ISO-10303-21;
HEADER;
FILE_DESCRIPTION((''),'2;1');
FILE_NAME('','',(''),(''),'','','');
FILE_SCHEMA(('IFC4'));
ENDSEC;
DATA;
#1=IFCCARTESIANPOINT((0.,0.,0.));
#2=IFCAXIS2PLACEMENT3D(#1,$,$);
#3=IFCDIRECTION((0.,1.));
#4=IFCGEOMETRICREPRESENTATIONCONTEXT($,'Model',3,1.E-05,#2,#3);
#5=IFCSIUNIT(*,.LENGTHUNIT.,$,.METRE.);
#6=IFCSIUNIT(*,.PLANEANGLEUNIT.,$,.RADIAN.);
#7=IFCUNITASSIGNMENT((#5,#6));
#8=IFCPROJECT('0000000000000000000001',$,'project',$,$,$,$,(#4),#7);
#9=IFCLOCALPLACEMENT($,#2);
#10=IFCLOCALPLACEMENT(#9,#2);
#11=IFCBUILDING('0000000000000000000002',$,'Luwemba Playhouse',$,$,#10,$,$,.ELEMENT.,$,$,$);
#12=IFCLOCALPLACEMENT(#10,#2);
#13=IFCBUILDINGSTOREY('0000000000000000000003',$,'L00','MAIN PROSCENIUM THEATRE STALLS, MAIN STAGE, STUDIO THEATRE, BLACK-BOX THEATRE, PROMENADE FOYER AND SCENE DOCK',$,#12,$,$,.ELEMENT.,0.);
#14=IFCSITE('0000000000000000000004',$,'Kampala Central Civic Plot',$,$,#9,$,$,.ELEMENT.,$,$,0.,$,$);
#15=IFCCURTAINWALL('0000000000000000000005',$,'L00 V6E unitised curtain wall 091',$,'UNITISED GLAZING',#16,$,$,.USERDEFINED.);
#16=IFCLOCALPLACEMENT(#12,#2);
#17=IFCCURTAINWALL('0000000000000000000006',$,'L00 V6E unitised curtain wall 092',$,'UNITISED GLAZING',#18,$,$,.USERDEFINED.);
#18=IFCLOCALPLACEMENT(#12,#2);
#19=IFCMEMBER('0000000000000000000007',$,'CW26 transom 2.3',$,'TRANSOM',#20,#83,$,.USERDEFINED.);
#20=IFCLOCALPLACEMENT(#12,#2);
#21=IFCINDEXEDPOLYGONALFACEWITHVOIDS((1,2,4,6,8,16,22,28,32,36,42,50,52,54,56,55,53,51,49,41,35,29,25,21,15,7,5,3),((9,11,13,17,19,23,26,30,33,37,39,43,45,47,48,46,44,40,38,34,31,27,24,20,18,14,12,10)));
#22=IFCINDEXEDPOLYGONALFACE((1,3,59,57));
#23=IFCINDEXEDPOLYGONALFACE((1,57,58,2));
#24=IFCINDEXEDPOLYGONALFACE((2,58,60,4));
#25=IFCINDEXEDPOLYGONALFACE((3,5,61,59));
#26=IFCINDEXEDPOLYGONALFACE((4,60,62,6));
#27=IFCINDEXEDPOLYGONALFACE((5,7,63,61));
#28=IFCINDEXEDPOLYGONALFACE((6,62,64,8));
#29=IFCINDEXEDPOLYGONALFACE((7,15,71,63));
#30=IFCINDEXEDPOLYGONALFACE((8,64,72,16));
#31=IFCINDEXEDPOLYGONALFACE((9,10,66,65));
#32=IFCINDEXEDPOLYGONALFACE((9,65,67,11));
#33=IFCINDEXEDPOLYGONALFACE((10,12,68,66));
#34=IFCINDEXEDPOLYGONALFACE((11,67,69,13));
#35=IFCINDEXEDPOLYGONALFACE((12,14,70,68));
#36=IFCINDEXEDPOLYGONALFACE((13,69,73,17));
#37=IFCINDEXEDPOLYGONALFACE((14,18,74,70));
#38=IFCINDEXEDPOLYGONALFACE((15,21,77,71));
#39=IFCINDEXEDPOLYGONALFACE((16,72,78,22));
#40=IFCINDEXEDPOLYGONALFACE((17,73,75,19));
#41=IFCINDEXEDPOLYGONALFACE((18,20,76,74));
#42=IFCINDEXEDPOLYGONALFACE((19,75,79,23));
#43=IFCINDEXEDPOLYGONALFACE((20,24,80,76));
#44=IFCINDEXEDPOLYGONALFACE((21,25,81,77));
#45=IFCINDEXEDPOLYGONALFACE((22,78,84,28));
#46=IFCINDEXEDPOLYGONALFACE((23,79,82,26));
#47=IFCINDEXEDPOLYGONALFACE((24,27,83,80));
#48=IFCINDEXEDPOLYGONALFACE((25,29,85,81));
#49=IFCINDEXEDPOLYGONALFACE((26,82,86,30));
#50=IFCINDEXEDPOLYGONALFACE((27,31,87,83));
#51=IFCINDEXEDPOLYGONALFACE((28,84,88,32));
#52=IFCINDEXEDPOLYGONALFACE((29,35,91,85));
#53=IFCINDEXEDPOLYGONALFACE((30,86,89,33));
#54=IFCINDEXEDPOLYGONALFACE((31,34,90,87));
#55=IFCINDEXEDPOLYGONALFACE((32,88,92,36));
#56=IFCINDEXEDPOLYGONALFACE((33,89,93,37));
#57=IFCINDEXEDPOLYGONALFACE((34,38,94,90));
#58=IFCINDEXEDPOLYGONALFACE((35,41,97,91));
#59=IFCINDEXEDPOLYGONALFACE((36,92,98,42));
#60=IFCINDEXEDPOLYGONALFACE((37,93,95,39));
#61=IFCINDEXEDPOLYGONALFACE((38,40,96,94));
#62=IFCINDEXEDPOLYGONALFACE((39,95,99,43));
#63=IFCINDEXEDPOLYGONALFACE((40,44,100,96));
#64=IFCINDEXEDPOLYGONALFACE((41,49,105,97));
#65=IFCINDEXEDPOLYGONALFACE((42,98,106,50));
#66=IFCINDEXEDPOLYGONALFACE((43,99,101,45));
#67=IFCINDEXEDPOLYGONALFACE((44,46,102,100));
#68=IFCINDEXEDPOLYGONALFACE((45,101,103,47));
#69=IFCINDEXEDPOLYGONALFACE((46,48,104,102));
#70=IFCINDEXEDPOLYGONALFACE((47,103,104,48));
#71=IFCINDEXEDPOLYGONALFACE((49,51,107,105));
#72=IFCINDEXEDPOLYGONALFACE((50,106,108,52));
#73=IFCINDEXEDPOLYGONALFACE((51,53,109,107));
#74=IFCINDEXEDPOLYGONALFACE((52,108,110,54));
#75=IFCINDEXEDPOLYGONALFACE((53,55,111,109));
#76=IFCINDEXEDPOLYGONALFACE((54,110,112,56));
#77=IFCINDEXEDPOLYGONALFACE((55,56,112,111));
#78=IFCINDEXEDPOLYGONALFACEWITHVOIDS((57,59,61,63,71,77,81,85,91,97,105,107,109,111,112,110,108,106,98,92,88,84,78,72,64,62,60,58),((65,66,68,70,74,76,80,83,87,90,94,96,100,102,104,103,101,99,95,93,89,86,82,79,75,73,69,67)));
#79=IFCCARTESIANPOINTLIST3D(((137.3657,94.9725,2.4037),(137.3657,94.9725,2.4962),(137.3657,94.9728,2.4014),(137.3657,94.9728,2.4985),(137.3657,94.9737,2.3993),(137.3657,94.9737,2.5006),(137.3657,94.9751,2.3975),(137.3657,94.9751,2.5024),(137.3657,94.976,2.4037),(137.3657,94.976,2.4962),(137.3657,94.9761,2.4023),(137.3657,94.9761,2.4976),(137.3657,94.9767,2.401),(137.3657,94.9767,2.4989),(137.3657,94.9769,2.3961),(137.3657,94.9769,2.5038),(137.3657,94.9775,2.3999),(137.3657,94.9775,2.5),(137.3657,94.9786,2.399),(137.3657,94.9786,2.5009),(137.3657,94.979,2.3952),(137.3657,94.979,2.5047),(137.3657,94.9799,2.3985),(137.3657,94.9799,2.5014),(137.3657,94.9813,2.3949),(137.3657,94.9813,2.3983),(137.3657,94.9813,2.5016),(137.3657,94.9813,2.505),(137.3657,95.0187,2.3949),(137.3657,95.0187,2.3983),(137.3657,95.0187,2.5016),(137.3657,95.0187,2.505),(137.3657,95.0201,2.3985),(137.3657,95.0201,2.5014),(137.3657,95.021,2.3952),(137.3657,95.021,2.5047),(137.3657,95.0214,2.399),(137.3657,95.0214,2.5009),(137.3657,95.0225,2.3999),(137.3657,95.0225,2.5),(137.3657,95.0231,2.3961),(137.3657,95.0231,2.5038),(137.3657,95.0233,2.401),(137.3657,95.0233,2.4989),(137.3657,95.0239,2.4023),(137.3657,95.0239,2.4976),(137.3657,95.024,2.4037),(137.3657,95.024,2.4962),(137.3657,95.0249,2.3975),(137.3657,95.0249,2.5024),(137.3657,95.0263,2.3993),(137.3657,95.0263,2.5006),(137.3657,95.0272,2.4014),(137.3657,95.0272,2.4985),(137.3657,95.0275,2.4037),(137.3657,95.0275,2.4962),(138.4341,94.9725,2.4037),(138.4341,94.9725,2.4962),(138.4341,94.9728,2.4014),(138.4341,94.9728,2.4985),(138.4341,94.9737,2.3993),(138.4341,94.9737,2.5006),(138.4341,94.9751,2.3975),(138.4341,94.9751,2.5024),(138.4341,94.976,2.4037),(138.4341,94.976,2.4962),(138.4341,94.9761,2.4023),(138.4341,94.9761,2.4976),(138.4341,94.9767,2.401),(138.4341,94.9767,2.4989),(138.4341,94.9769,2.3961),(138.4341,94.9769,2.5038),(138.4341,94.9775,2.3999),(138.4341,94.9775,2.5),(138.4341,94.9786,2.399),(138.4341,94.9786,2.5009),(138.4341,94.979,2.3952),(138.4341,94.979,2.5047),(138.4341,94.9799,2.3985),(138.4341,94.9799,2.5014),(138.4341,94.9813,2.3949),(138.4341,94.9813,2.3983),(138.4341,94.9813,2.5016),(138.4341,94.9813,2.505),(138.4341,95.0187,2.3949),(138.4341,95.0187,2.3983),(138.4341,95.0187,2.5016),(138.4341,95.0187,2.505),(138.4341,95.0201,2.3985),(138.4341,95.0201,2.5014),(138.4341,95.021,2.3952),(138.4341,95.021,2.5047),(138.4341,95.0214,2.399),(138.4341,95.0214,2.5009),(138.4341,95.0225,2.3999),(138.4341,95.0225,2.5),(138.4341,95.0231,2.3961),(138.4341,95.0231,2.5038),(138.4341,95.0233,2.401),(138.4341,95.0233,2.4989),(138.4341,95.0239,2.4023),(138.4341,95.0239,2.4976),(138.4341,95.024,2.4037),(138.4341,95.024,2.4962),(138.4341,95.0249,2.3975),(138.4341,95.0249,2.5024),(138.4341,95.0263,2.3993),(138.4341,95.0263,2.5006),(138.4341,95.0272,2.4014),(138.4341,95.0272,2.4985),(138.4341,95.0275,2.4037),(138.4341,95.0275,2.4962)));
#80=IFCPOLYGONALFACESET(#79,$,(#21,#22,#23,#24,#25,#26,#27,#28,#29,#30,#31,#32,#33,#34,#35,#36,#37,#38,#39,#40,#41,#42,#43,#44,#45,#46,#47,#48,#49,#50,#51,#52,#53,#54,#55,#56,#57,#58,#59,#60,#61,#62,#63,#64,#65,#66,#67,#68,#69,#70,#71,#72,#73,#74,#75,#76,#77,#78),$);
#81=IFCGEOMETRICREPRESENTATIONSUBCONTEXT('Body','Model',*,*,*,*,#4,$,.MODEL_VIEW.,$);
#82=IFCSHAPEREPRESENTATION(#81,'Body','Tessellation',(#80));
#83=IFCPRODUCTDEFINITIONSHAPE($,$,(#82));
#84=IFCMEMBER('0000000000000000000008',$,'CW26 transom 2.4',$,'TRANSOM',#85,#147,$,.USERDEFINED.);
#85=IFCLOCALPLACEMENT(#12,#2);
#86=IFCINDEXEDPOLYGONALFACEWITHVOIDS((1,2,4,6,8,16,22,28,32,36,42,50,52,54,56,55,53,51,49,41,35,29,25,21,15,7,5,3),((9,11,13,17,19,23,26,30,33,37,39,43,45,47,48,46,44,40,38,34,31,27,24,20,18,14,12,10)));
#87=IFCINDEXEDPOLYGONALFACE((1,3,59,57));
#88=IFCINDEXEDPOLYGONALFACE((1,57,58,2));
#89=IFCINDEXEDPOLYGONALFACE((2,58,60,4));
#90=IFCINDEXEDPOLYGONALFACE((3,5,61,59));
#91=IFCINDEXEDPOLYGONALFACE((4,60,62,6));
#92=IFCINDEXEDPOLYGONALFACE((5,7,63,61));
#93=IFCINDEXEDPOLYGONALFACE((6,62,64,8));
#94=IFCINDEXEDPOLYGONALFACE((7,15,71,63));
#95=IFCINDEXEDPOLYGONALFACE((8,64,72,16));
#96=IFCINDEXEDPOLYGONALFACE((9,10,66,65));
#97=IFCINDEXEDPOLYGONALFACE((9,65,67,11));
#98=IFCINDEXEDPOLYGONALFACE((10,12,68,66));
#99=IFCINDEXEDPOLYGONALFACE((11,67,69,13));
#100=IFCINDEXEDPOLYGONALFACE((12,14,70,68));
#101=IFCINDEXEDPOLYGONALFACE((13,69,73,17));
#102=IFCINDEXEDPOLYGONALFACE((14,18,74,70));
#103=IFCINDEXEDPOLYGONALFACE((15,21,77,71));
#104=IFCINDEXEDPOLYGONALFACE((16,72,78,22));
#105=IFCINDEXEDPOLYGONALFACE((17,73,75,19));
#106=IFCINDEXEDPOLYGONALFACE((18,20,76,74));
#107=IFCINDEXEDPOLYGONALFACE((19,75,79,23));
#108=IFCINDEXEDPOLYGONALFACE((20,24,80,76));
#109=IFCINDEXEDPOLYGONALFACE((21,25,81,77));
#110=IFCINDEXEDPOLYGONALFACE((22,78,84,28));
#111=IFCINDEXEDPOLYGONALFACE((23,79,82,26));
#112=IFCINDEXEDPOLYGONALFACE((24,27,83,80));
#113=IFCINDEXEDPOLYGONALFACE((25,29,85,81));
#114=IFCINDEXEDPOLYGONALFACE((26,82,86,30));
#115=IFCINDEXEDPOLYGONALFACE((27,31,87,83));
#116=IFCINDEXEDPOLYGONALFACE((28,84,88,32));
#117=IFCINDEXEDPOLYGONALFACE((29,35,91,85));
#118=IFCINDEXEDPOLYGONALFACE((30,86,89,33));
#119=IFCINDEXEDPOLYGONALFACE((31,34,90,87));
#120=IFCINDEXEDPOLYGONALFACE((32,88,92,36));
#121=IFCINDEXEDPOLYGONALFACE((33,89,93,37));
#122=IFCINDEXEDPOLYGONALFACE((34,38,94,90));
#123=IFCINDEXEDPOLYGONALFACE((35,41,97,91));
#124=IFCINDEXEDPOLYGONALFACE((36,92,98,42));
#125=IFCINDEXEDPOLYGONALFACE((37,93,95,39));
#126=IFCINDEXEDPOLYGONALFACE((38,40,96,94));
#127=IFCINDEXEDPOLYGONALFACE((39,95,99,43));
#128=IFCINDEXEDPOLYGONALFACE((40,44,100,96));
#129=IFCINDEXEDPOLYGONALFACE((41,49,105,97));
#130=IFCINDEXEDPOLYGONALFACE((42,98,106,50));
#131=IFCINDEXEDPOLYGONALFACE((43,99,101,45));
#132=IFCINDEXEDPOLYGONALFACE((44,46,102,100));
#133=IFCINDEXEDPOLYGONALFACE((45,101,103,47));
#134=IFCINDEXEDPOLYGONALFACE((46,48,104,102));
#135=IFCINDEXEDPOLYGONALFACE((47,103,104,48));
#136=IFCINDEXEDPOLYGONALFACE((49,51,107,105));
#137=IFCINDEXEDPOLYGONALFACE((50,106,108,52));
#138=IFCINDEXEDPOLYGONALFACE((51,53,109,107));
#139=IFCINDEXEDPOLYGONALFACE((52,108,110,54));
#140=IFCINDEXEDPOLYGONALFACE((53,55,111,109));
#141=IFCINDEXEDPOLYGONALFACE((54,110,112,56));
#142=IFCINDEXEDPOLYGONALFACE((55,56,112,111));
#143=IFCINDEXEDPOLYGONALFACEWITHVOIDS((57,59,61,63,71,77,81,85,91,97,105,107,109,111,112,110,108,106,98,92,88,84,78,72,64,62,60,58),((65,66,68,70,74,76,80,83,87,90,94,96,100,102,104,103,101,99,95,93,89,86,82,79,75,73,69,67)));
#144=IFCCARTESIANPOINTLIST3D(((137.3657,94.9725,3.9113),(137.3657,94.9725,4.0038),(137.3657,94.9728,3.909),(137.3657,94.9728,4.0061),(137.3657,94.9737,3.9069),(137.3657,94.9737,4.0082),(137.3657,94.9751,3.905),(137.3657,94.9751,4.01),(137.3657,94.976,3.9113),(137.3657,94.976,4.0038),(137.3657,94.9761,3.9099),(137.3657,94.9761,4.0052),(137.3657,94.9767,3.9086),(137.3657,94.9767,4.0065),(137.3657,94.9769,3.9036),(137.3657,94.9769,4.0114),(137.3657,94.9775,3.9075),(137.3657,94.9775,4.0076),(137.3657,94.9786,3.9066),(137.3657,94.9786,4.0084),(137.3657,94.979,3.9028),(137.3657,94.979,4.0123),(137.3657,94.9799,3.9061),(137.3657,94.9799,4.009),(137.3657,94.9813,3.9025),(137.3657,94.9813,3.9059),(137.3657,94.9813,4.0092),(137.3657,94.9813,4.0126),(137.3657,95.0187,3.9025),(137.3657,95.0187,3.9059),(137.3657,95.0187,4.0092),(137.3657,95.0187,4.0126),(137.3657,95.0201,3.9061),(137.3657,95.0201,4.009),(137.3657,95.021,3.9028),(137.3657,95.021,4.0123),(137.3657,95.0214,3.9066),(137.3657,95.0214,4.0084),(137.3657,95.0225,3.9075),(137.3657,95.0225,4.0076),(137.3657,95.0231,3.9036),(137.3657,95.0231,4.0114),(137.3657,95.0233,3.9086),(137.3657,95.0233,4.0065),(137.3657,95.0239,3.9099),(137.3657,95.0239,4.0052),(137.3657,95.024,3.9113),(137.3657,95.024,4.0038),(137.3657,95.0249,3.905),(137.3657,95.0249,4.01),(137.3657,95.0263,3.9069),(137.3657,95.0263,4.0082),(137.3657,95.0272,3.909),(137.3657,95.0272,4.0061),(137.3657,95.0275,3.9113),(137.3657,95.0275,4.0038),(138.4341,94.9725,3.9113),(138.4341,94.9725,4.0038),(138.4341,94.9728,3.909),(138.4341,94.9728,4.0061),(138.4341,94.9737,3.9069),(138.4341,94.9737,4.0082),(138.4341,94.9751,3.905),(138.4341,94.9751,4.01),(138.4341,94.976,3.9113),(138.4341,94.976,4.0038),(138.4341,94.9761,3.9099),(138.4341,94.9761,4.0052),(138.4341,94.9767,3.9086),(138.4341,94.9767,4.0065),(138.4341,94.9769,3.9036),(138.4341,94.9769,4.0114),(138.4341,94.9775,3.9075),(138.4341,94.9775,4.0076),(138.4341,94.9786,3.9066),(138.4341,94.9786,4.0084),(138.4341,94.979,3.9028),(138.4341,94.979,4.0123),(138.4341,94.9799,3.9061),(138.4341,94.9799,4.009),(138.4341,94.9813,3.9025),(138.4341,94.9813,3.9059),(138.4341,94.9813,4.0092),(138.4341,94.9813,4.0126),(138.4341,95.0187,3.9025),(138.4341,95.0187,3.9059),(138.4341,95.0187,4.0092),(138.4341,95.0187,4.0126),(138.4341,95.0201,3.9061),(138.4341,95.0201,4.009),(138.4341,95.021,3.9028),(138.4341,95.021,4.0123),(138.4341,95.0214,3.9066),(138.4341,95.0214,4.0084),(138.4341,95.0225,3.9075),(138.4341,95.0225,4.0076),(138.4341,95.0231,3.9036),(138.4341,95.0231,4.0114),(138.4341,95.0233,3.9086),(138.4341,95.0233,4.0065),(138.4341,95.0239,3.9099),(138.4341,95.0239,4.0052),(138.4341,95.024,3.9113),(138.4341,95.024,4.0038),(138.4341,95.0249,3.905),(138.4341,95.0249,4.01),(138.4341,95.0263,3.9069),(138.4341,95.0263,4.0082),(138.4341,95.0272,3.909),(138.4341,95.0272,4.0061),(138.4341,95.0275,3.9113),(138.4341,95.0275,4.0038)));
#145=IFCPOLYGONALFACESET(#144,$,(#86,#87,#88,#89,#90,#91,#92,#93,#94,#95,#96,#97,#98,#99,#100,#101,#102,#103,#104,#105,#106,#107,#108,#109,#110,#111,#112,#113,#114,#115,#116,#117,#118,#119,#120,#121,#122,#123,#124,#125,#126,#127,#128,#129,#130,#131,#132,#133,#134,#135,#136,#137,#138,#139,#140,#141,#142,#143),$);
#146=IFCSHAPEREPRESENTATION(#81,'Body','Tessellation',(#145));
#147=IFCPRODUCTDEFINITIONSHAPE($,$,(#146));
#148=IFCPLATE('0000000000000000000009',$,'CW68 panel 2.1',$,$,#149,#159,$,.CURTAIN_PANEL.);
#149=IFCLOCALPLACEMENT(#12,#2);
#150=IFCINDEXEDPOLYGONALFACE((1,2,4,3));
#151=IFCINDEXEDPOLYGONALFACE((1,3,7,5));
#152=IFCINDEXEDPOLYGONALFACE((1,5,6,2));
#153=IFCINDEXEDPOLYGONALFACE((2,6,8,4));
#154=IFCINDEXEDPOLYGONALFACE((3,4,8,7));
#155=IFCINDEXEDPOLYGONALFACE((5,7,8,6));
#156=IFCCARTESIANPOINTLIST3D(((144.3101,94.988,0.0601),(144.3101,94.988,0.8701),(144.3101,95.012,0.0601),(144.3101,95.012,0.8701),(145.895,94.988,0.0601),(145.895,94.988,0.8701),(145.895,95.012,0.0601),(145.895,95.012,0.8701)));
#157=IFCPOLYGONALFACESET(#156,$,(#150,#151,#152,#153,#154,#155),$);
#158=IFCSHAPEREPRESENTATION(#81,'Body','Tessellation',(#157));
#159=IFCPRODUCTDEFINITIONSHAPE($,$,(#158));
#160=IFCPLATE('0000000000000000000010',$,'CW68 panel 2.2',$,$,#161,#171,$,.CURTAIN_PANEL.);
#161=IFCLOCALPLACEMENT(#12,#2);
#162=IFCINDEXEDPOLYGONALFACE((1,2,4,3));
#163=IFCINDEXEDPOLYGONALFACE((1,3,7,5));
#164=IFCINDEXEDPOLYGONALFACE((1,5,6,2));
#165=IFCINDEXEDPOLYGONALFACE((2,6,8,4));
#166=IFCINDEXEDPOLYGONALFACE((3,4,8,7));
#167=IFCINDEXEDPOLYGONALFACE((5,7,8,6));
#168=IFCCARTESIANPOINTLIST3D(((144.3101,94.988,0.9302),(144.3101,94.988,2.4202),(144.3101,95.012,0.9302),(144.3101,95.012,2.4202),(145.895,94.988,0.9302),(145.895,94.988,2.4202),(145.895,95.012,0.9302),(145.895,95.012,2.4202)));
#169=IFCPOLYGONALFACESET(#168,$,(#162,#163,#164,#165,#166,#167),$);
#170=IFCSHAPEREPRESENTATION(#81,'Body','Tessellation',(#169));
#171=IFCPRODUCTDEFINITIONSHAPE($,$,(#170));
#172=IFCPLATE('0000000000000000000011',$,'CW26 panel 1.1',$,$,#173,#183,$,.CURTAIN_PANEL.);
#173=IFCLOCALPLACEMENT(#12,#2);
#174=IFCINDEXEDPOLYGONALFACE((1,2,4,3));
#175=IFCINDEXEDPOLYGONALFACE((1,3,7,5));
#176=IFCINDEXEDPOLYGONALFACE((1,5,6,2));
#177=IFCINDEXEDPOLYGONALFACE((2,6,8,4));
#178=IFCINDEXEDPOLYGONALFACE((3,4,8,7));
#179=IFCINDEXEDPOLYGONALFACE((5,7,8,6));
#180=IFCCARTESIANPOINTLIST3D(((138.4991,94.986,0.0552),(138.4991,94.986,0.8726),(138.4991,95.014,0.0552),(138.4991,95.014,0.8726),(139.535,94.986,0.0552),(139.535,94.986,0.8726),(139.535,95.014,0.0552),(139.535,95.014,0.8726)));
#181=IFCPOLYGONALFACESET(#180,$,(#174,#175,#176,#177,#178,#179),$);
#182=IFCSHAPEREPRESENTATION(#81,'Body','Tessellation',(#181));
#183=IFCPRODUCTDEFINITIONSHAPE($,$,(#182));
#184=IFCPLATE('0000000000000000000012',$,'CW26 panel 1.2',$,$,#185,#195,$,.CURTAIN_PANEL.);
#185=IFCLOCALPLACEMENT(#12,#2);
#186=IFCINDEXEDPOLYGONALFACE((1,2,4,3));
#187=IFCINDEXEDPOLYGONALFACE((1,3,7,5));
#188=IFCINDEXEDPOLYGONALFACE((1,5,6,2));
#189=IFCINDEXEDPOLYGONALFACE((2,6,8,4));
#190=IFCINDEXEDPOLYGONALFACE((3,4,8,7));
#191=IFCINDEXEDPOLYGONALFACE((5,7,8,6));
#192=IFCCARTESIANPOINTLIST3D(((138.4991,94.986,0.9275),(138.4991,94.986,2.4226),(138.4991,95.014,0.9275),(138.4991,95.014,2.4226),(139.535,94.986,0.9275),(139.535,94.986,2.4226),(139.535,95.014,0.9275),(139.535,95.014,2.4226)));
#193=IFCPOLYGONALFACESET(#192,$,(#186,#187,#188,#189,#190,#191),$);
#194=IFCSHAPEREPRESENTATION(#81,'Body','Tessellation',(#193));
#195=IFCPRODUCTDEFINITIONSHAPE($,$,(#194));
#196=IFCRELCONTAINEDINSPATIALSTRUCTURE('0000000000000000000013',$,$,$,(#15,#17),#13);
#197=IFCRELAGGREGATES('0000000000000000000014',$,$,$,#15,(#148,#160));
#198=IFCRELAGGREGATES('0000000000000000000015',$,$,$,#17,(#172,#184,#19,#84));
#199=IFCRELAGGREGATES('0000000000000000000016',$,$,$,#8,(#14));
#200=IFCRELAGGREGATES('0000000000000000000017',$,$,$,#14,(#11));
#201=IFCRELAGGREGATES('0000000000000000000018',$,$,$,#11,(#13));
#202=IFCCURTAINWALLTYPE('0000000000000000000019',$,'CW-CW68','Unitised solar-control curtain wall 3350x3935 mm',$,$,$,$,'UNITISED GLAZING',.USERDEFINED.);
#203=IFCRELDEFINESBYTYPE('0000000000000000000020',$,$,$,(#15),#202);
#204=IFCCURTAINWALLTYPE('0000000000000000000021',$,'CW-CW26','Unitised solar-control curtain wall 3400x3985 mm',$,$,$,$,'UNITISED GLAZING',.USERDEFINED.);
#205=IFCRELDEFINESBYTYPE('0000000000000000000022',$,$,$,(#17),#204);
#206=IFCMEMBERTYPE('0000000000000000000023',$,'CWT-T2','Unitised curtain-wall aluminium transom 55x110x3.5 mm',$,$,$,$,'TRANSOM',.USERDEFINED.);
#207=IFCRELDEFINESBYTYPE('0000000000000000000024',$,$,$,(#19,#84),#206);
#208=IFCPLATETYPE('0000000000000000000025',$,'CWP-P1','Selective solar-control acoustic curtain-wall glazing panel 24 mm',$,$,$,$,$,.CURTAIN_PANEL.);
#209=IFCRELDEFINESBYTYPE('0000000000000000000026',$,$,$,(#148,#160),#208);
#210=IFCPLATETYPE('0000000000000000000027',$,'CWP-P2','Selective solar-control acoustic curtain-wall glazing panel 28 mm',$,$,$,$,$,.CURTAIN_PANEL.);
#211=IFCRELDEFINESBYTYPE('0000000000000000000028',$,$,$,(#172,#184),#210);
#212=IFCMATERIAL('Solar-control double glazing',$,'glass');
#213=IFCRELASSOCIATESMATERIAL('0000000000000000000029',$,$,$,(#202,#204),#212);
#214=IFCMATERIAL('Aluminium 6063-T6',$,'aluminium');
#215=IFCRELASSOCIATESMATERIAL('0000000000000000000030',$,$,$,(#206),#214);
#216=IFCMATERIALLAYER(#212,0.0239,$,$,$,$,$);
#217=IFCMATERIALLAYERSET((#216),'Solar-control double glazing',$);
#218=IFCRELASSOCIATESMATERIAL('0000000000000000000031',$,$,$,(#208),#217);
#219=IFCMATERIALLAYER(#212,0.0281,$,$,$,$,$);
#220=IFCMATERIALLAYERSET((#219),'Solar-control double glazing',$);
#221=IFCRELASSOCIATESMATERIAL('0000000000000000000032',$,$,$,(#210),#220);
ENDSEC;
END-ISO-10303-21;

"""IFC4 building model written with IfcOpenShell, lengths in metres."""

from ifc_helpers import new_model, si_unit, direction, frame, origin, origin_2d, place, context, subcontext, project, spatial, rectangle, hollow_rectangle, extrude, material, layer, layer_set, material_profile, profile_set, type_object, element, aggregate, save


model = new_model("IFC4")

# Units and contexts
model_context = context("Model", 3, precision=1e-05, world=origin(), true_north=direction((0.0, 1.0)))
body_context = subcontext(model_context, "Body", "Model", "MODEL_VIEW")
ifc_project = project(units=[si_unit("LENGTHUNIT", "METRE"), si_unit("PLANEANGLEUNIT", "RADIAN")], contexts=[model_context])

# Site, building, storey
site_placement = place(None, origin())
site = spatial("IfcSite", under=ifc_project, at=site_placement, Name="Kampala Central Civic Plot", CompositionType="ELEMENT", RefElevation=0.0)
building_placement = place(site_placement, origin())
building = spatial("IfcBuilding", under=site, at=building_placement, Name="Luwemba Playhouse", CompositionType="ELEMENT")
storey_placement = place(building_placement, origin())
storey = spatial("IfcBuildingStorey", under=building, at=storey_placement, Name="L00", Description="MAIN PROSCENIUM THEATRE STALLS, MAIN STAGE, STUDIO THEATRE, BLACK-BOX THEATRE, PROMENADE FOYER AND SCENE DOCK", CompositionType="ELEMENT", Elevation=0.0)

# Curtain wall
ifc_material_1 = material(Name="Solar-control double glazing", Category="glass")
curtain_wall_type_1 = type_object("IfcCurtainWallType", Name="CW-CW68", Description="Unitised solar-control curtain wall 3350x3935 mm", ElementType="UNITISED GLAZING", PredefinedType="USERDEFINED", material=ifc_material_1)
curtain_wall_1_placement = place(storey_placement, origin())
curtain_wall_1 = element("IfcCurtainWall", 1, at=curtain_wall_1_placement, inside=storey, type_object=curtain_wall_type_1, Name="L00 V6E unitised curtain wall 091", ObjectType="UNITISED GLAZING", PredefinedType="USERDEFINED")
ifc_material_2 = material(Name="Aluminium 6063-T6", Category="aluminium")

# Curtain wall, members
curtain_wall_type_2 = type_object("IfcCurtainWallType", Name="CW-CW26", Description="Unitised solar-control curtain wall 3400x3985 mm", ElementType="UNITISED GLAZING", PredefinedType="USERDEFINED", material=ifc_material_1)
curtain_wall_2_placement = place(storey_placement, origin())
curtain_wall_2 = element("IfcCurtainWall", 2, at=curtain_wall_2_placement, inside=storey, type_object=curtain_wall_type_2, Name="L00 V6E unitised curtain wall 092", ObjectType="UNITISED GLAZING", PredefinedType="USERDEFINED")
ifc_material_profile_1 = material_profile(ifc_material_2, hollow_rectangle(XDim=0.0549, YDim=0.1101, WallThickness=0.0034, InnerFilletRadius=0.0054, OuterFilletRadius=0.0088, at=origin_2d()))
ifc_profile_set_1 = profile_set([ifc_material_profile_1], Name="Aluminium 6063-T6")
member_type_1 = type_object("IfcMemberType", Name="CWT-T2", Description="Unitised curtain-wall aluminium transom 55x110x3.5 mm", ElementType="TRANSOM", PredefinedType="USERDEFINED", material=ifc_profile_set_1)
member_1_placement = place(storey_placement, frame((138.4341, 95.0, 2.45), z_axis=(-1.0, 0.0, 0.0), x_axis=(0.0, -1.0, 0.0)))
member_1 = element("IfcMember", 3, at=member_1_placement, type_object=member_type_1, Name="CW26 transom 2.3", ObjectType="TRANSOM", PredefinedType="USERDEFINED", context=body_context, shape_type="SweptSolid", body=[
    extrude(hollow_rectangle(XDim=0.0549, YDim=0.1101, WallThickness=0.0034, InnerFilletRadius=0.0054, OuterFilletRadius=0.0088, at=origin_2d()), origin(), (0.0, 0.0, 1.0), 1.0684),
])
member_2_placement = place(storey_placement, frame((138.4341, 95.0, 3.9575), z_axis=(-1.0, 0.0, 0.0), x_axis=(0.0, -1.0, 0.0)))
member_2 = element("IfcMember", 4, at=member_2_placement, type_object=member_type_1, Name="CW26 transom 2.4", ObjectType="TRANSOM", PredefinedType="USERDEFINED", context=body_context, shape_type="SweptSolid", body=[
    extrude(hollow_rectangle(XDim=0.0549, YDim=0.1101, WallThickness=0.0034, InnerFilletRadius=0.0054, OuterFilletRadius=0.0088, at=origin_2d()), origin(), (0.0, 0.0, 1.0), 1.0684),
])

# Plates
ifc_layer_1 = layer(ifc_material_1, 0.0239)
ifc_layer_set_1 = layer_set([ifc_layer_1], Name="Solar-control double glazing")
plate_type_1 = type_object("IfcPlateType", Name="CWP-P1", Description="Selective solar-control acoustic curtain-wall glazing panel 24 mm", PredefinedType="CURTAIN_PANEL", material=ifc_layer_set_1)
plate_1_placement = place(storey_placement, frame((145.1025, 95.0, 0.0601), z_axis=(0.0, 0.0, 1.0), x_axis=(-1.0, 0.0, 0.0)))
plate_1 = element("IfcPlate", 5, at=plate_1_placement, type_object=plate_type_1, Name="CW68 panel 2.1", PredefinedType="CURTAIN_PANEL", context=body_context, shape_type="SweptSolid", body=[
    extrude(rectangle(XDim=1.585, YDim=0.0239, at=origin_2d()), origin(), (0.0, 0.0, 1.0), 0.8101),
])
plate_2_placement = place(storey_placement, frame((145.1025, 95.0, 0.9302), z_axis=(0.0, 0.0, 1.0), x_axis=(-1.0, 0.0, 0.0)))
plate_2 = element("IfcPlate", 6, at=plate_2_placement, type_object=plate_type_1, Name="CW68 panel 2.2", PredefinedType="CURTAIN_PANEL", context=body_context, shape_type="SweptSolid", body=[
    extrude(rectangle(XDim=1.585, YDim=0.0239, at=origin_2d()), origin(), (0.0, 0.0, 1.0), 1.49),
])
aggregate(curtain_wall_1, [plate_1, plate_2])
ifc_layer_2 = layer(ifc_material_1, 0.0281)
ifc_layer_set_2 = layer_set([ifc_layer_2], Name="Solar-control double glazing")
plate_type_2 = type_object("IfcPlateType", Name="CWP-P2", Description="Selective solar-control acoustic curtain-wall glazing panel 28 mm", PredefinedType="CURTAIN_PANEL", material=ifc_layer_set_2)
plate_3_placement = place(storey_placement, frame((139.0171, 95.0, 0.0552), z_axis=(0.0, 0.0, 1.0), x_axis=(-1.0, 0.0, 0.0)))
plate_3 = element("IfcPlate", 7, at=plate_3_placement, type_object=plate_type_2, Name="CW26 panel 1.1", PredefinedType="CURTAIN_PANEL", context=body_context, shape_type="SweptSolid", body=[
    extrude(rectangle(XDim=1.0359, YDim=0.0281, at=origin_2d()), origin(), (0.0, 0.0, 1.0), 0.8174),
])
plate_4_placement = place(storey_placement, frame((139.0171, 95.0, 0.9275), z_axis=(0.0, 0.0, 1.0), x_axis=(-1.0, 0.0, 0.0)))
plate_4 = element("IfcPlate", 8, at=plate_4_placement, type_object=plate_type_2, Name="CW26 panel 1.2", PredefinedType="CURTAIN_PANEL", context=body_context, shape_type="SweptSolid", body=[
    extrude(rectangle(XDim=1.0359, YDim=0.0281, at=origin_2d()), origin(), (0.0, 0.0, 1.0), 1.4951),
])
aggregate(curtain_wall_2, [plate_3, plate_4, member_1, member_2])

save(model, "model.ifc")
